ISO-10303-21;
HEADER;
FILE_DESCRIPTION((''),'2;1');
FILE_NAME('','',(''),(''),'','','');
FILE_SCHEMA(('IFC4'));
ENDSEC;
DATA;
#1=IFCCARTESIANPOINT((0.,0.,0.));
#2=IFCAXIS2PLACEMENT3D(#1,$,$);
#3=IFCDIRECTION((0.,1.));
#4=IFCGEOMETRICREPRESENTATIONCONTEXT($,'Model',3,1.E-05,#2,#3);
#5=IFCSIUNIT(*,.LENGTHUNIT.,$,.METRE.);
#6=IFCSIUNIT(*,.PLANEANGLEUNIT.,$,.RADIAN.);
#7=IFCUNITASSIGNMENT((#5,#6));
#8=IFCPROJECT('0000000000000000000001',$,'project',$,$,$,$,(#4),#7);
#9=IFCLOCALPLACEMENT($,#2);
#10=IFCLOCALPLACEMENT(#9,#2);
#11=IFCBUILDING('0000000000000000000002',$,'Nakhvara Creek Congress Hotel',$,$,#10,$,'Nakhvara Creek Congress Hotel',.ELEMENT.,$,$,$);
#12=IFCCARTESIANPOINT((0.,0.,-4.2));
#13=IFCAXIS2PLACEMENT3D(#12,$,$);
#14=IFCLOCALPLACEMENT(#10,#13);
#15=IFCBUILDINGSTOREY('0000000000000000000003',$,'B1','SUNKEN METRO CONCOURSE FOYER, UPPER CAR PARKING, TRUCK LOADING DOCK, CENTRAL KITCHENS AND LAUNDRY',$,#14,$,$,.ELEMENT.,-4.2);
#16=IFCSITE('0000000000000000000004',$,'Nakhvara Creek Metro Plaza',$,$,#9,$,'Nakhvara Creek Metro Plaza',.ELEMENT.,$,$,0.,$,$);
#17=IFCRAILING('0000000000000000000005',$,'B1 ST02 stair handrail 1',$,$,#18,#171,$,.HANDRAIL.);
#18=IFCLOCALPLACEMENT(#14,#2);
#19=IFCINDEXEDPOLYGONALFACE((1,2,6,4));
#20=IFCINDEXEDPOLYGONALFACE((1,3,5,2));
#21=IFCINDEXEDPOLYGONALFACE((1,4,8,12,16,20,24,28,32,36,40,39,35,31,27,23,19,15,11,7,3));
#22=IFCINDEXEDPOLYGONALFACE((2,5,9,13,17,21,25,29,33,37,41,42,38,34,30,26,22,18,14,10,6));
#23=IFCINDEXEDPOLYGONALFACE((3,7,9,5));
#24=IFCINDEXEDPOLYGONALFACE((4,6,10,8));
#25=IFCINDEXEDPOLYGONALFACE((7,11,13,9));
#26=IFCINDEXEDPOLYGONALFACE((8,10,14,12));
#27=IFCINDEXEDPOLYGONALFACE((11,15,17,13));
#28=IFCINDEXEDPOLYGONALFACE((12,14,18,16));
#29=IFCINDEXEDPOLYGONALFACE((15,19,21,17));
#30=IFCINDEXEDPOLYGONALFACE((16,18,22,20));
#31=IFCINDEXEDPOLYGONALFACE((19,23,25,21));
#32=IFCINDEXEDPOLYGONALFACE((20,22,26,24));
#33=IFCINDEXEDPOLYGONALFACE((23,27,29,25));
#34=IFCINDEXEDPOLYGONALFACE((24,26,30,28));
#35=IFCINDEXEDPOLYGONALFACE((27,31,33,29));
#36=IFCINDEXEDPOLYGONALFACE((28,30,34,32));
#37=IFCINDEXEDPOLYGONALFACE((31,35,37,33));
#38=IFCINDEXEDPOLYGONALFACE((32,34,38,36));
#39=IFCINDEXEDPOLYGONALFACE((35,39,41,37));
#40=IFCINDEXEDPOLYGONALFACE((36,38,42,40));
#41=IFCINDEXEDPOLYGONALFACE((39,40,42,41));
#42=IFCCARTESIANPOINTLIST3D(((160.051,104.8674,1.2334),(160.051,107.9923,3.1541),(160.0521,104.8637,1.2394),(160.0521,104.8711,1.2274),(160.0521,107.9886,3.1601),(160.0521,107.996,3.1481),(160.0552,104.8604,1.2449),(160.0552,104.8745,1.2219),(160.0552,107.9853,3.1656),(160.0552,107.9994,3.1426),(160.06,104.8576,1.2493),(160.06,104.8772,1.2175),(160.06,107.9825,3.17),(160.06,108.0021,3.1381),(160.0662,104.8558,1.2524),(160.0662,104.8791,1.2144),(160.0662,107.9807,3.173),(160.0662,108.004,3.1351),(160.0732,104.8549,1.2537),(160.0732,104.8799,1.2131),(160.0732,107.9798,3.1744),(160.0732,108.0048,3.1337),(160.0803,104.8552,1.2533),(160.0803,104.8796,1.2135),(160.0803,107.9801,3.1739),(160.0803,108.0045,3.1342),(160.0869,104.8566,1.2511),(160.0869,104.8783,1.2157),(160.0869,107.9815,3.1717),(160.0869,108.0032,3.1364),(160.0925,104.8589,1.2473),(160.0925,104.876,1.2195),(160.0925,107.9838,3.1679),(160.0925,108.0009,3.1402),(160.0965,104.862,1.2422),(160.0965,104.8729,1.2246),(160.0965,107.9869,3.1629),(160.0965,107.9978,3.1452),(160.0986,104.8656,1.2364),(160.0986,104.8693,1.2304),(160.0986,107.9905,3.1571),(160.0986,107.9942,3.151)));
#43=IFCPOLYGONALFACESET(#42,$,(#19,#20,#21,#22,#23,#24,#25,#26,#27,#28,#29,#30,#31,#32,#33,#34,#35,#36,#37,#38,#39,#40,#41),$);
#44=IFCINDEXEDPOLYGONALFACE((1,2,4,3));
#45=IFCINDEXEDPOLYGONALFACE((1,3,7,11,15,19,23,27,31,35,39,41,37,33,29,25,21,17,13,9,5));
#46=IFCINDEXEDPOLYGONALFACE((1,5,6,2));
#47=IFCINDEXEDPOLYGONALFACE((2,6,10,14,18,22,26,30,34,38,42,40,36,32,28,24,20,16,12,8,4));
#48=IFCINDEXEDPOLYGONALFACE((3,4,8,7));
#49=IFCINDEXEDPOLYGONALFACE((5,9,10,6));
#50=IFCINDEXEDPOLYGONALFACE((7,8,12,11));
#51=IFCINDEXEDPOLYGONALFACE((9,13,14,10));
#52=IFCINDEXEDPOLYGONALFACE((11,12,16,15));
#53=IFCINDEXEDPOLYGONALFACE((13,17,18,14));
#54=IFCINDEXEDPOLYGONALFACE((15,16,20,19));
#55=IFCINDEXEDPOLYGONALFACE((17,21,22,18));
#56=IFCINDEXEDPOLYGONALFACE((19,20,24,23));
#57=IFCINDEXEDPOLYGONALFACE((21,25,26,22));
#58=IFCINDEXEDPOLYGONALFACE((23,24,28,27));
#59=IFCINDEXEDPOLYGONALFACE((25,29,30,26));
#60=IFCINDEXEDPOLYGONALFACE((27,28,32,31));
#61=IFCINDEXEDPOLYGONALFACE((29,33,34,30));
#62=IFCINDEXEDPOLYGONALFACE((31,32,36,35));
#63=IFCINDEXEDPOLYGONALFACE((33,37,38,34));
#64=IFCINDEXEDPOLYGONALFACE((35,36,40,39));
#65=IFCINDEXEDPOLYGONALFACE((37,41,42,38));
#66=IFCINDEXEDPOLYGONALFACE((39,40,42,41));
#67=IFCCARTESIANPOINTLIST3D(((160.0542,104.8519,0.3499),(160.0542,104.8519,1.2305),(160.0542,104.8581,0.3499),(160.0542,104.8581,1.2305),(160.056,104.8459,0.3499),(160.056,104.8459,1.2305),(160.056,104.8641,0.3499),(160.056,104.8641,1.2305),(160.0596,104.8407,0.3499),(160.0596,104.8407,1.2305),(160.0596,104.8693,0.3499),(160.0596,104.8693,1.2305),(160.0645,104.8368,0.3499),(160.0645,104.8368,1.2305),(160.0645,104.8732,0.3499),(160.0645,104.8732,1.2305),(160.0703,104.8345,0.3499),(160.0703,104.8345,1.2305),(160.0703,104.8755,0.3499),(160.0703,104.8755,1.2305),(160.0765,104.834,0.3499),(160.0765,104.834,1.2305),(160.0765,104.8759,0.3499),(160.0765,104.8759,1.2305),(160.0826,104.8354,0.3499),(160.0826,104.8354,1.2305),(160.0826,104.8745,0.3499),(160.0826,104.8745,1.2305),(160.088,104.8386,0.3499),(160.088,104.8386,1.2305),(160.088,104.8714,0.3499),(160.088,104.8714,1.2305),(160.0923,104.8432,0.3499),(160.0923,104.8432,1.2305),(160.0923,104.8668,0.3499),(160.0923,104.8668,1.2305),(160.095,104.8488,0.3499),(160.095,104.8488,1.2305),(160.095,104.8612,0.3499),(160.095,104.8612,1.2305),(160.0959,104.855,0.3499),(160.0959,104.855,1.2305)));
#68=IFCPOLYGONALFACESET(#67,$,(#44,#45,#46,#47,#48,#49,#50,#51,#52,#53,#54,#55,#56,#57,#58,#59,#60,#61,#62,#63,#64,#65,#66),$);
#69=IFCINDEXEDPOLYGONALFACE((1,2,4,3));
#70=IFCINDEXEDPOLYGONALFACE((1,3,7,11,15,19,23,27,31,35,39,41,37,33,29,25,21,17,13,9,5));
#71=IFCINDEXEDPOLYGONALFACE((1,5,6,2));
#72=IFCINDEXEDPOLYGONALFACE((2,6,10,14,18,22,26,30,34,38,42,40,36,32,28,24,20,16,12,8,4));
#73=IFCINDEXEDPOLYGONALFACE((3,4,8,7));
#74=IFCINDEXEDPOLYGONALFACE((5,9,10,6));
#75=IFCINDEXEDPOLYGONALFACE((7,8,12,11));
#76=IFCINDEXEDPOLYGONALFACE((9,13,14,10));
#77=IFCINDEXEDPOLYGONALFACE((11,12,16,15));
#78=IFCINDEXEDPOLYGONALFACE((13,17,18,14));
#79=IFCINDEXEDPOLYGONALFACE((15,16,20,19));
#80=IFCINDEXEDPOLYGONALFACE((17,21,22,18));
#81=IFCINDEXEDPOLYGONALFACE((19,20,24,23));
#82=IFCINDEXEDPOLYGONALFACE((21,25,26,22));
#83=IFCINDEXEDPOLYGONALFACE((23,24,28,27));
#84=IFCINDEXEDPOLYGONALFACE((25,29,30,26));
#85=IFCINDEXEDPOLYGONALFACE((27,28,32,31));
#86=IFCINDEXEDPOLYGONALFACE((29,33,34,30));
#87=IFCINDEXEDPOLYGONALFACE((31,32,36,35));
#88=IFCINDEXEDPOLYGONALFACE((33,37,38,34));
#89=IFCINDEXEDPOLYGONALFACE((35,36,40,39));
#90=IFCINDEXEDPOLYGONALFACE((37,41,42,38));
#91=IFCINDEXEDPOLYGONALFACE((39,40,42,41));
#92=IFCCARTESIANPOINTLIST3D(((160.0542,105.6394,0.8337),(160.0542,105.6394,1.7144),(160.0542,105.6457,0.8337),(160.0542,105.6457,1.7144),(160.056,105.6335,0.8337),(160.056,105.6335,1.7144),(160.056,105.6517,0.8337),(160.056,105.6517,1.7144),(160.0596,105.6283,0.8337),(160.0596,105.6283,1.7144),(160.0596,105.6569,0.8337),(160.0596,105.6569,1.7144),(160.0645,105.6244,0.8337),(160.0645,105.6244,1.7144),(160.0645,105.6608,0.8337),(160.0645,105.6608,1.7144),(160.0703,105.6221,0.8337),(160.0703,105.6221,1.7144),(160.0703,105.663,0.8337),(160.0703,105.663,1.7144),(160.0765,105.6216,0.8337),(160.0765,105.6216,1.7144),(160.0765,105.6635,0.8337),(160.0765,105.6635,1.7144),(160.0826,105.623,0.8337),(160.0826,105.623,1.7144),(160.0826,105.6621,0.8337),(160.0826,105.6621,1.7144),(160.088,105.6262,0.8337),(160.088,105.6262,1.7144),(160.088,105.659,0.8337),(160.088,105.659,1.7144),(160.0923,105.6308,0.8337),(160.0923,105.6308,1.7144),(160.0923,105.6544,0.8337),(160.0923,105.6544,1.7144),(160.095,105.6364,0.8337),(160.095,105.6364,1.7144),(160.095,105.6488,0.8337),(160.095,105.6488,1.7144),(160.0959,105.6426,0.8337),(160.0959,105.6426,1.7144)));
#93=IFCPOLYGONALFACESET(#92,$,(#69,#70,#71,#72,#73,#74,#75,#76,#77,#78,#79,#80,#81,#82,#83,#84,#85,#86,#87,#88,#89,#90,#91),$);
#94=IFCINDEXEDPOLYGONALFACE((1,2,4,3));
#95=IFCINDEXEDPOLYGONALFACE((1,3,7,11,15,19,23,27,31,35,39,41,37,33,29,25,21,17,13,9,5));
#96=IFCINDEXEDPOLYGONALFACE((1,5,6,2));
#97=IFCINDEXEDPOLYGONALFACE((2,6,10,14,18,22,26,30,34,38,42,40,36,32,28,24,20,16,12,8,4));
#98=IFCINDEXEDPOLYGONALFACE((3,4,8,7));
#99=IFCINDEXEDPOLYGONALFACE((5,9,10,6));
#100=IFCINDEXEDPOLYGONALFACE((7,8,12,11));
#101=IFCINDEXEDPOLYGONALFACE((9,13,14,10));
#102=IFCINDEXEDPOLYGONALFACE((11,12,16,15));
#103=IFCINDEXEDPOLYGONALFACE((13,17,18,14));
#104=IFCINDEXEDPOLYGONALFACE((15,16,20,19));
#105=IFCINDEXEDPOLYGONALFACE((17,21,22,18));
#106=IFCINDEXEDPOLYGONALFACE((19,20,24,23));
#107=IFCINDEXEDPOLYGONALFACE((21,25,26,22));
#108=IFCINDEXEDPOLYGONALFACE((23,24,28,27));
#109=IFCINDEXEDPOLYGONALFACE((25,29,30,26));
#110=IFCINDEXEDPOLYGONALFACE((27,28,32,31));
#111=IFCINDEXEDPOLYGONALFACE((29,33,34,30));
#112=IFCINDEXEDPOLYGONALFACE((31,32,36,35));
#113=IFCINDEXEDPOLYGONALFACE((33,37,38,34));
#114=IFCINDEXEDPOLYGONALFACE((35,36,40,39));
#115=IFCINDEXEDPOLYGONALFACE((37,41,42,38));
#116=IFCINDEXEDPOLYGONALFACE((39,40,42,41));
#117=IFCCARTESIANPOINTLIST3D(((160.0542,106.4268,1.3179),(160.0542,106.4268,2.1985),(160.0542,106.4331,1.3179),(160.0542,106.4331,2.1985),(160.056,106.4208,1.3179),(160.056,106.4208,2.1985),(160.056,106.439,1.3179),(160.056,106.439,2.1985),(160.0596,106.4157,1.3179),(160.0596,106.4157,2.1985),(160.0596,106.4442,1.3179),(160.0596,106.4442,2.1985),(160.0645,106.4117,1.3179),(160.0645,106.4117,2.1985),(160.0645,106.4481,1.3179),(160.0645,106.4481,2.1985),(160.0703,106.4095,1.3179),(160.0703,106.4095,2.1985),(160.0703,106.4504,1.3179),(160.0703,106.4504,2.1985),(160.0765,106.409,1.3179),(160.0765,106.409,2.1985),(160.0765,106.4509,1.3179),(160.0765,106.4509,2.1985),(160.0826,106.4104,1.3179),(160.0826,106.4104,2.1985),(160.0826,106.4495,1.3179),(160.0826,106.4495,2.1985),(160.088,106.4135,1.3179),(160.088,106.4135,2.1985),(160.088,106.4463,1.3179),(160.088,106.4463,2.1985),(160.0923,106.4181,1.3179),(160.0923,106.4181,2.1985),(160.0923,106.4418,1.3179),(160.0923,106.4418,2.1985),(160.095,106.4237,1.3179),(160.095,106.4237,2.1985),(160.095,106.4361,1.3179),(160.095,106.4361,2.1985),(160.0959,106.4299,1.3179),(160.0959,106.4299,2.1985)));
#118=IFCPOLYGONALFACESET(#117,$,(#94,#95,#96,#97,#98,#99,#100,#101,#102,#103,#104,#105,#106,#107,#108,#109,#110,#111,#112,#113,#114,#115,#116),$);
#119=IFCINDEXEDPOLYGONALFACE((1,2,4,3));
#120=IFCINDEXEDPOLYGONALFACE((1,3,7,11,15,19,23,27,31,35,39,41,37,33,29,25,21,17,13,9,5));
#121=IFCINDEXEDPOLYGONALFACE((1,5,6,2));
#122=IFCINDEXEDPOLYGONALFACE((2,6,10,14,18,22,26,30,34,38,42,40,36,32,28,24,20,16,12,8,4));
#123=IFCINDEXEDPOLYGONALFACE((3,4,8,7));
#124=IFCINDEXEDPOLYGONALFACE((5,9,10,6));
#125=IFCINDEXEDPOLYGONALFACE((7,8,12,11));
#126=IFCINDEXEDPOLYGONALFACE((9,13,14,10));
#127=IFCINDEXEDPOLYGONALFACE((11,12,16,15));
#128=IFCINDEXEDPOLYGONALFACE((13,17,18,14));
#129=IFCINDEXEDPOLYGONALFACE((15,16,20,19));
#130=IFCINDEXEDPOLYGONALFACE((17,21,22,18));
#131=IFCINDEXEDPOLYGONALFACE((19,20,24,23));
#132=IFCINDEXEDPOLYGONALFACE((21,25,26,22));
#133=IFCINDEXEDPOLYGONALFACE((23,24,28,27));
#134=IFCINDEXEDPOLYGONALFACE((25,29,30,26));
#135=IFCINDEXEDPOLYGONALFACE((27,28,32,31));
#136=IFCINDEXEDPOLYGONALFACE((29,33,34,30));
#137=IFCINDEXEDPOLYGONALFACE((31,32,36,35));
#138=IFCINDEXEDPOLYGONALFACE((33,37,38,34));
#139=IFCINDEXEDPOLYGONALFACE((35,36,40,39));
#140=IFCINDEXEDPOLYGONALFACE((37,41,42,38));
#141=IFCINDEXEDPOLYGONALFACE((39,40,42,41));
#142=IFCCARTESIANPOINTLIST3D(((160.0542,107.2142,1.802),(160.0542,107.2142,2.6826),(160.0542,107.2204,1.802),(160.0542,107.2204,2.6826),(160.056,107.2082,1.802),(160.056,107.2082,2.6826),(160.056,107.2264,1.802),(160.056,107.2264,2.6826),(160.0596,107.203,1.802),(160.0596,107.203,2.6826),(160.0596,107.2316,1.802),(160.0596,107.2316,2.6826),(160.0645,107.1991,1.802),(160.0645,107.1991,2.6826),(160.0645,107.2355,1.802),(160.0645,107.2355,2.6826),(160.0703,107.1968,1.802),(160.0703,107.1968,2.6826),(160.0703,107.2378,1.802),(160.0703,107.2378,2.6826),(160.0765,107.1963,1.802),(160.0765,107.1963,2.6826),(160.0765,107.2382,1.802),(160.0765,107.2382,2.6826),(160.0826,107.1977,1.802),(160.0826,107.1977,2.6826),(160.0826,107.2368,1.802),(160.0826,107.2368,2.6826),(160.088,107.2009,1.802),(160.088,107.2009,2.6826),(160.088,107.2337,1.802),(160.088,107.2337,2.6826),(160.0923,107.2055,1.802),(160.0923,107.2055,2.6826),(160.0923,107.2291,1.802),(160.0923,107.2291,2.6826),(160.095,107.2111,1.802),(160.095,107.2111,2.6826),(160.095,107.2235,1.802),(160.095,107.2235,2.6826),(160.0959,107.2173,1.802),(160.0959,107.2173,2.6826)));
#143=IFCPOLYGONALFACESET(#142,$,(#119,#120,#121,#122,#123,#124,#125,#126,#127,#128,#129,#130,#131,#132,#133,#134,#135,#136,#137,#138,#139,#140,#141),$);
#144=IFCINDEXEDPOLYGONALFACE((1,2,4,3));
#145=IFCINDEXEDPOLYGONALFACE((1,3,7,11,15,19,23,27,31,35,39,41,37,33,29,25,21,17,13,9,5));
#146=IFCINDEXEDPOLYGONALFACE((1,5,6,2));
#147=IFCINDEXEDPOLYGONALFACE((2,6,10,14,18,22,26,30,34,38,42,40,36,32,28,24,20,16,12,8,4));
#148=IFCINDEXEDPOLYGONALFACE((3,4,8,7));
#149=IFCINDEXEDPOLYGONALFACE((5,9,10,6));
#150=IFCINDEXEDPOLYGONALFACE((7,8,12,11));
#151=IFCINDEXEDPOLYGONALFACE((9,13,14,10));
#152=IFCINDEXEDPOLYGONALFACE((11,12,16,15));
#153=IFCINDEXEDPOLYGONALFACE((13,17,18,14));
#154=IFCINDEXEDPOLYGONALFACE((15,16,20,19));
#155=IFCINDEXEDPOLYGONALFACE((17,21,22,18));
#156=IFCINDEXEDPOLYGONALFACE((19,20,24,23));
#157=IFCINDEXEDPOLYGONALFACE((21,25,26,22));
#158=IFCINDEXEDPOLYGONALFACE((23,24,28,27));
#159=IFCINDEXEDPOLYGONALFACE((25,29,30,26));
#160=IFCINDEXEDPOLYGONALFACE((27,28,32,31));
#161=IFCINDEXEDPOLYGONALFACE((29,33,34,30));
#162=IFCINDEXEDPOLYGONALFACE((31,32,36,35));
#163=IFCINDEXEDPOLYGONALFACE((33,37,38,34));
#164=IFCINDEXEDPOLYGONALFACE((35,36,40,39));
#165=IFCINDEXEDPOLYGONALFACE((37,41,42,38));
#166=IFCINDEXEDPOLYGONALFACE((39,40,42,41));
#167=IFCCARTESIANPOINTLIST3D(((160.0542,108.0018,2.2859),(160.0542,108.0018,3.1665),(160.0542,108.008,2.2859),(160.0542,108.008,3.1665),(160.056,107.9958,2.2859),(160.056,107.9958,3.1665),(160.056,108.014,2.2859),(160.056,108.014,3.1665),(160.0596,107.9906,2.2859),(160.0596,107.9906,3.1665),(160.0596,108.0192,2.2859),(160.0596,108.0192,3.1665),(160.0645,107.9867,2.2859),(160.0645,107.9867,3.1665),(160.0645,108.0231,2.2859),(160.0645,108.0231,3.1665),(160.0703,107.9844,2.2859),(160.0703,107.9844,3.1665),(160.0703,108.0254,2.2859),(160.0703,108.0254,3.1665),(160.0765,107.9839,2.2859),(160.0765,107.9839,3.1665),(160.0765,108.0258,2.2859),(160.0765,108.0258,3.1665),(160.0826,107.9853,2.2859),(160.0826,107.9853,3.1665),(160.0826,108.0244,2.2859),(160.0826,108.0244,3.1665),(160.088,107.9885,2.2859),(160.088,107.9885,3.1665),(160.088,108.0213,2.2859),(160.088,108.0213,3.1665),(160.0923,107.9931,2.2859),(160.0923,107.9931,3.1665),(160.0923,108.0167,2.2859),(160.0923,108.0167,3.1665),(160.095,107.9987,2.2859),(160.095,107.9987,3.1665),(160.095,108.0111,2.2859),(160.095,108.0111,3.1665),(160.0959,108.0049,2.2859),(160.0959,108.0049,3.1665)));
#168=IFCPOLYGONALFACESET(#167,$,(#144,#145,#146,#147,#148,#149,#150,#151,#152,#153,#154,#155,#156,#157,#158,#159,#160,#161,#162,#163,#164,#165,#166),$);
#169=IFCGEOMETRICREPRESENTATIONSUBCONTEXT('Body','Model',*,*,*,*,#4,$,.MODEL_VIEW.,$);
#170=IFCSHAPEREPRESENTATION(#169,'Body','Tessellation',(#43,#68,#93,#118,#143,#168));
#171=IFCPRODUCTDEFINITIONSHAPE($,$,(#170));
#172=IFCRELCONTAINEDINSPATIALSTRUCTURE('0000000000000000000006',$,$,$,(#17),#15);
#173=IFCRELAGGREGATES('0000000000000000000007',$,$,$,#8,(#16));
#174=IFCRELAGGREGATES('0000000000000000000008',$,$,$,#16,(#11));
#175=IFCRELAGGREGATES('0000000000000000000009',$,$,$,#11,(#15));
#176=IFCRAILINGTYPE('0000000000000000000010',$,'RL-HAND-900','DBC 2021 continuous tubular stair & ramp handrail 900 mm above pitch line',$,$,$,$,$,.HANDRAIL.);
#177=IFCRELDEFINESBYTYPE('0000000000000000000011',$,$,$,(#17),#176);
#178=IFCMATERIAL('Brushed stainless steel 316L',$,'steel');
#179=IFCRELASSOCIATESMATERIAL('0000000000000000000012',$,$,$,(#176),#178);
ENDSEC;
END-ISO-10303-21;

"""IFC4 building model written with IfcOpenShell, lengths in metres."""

from ifc_helpers import new_model, si_unit, direction, frame, origin, origin_2d, place, context, subcontext, project, spatial, circle, extrude, material, type_object, element, save


model = new_model("IFC4")

# Units and contexts
model_context = context("Model", 3, precision=1e-05, world=origin(), true_north=direction((0.0, 1.0)))
body_context = subcontext(model_context, "Body", "Model", "MODEL_VIEW")
ifc_project = project(units=[si_unit("LENGTHUNIT", "METRE"), si_unit("PLANEANGLEUNIT", "RADIAN")], contexts=[model_context])

# Site, building, storey
site_placement = place(None, origin())
site = spatial("IfcSite", under=ifc_project, at=site_placement, Name="Nakhvara Creek Metro Plaza", LongName="Nakhvara Creek Metro Plaza", CompositionType="ELEMENT", RefElevation=0.0)
building_placement = place(site_placement, origin())
building = spatial("IfcBuilding", under=site, at=building_placement, Name="Nakhvara Creek Congress Hotel", LongName="Nakhvara Creek Congress Hotel", CompositionType="ELEMENT")
storey_placement = place(building_placement, frame((0.0, 0.0, -4.2)))
storey = spatial("IfcBuildingStorey", under=building, at=storey_placement, Name="B1", Description="SUNKEN METRO CONCOURSE FOYER, UPPER CAR PARKING, TRUCK LOADING DOCK, CENTRAL KITCHENS AND LAUNDRY", CompositionType="ELEMENT", Elevation=-4.2)

# Railing
ifc_material_1 = material(Name="Brushed stainless steel 316L", Category="steel")
railing_type_1 = type_object("IfcRailingType", Name="RL-HAND-900", Description="DBC 2021 continuous tubular stair & ramp handrail 900 mm above pitch line", PredefinedType="HANDRAIL", material=ifc_material_1)
railing_1_placement = place(storey_placement, frame((160.075, 104.855, 0.3499)))
element("IfcRailing", 1, at=railing_1_placement, inside=storey, type_object=railing_type_1, Name="B1 ST02 stair handrail 1", PredefinedType="HANDRAIL", context=body_context, shape_type="SweptSolid", body=[
    extrude(circle(Radius=0.0239, at=origin_2d()), frame((0.0, 0.0125, 0.8835), z_axis=(0.0, 0.851944, 0.523633), x_axis=(-1.0, 0.0, 0.0)), (0.0, 0.0, 1.0), 3.668),
    extrude(circle(Radius=0.021, at=origin_2d()), origin(), (0.0, 0.0, 1.0), 0.8806),
    extrude(circle(Radius=0.021, at=origin_2d()), frame((0.0, 0.7876, 0.4839)), (0.0, 0.0, 1.0), 0.8806),
    extrude(circle(Radius=0.021, at=origin_2d()), frame((0.0, 1.575, 0.968)), (0.0, 0.0, 1.0), 0.8806),
    extrude(circle(Radius=0.021, at=origin_2d()), frame((0.0, 2.3623, 1.4521)), (0.0, 0.0, 1.0), 0.8806),
    extrude(circle(Radius=0.021, at=origin_2d()), frame((0.0, 3.1499, 1.936)), (0.0, 0.0, 1.0), 0.8806),
])

save(model, "model.ifc")
